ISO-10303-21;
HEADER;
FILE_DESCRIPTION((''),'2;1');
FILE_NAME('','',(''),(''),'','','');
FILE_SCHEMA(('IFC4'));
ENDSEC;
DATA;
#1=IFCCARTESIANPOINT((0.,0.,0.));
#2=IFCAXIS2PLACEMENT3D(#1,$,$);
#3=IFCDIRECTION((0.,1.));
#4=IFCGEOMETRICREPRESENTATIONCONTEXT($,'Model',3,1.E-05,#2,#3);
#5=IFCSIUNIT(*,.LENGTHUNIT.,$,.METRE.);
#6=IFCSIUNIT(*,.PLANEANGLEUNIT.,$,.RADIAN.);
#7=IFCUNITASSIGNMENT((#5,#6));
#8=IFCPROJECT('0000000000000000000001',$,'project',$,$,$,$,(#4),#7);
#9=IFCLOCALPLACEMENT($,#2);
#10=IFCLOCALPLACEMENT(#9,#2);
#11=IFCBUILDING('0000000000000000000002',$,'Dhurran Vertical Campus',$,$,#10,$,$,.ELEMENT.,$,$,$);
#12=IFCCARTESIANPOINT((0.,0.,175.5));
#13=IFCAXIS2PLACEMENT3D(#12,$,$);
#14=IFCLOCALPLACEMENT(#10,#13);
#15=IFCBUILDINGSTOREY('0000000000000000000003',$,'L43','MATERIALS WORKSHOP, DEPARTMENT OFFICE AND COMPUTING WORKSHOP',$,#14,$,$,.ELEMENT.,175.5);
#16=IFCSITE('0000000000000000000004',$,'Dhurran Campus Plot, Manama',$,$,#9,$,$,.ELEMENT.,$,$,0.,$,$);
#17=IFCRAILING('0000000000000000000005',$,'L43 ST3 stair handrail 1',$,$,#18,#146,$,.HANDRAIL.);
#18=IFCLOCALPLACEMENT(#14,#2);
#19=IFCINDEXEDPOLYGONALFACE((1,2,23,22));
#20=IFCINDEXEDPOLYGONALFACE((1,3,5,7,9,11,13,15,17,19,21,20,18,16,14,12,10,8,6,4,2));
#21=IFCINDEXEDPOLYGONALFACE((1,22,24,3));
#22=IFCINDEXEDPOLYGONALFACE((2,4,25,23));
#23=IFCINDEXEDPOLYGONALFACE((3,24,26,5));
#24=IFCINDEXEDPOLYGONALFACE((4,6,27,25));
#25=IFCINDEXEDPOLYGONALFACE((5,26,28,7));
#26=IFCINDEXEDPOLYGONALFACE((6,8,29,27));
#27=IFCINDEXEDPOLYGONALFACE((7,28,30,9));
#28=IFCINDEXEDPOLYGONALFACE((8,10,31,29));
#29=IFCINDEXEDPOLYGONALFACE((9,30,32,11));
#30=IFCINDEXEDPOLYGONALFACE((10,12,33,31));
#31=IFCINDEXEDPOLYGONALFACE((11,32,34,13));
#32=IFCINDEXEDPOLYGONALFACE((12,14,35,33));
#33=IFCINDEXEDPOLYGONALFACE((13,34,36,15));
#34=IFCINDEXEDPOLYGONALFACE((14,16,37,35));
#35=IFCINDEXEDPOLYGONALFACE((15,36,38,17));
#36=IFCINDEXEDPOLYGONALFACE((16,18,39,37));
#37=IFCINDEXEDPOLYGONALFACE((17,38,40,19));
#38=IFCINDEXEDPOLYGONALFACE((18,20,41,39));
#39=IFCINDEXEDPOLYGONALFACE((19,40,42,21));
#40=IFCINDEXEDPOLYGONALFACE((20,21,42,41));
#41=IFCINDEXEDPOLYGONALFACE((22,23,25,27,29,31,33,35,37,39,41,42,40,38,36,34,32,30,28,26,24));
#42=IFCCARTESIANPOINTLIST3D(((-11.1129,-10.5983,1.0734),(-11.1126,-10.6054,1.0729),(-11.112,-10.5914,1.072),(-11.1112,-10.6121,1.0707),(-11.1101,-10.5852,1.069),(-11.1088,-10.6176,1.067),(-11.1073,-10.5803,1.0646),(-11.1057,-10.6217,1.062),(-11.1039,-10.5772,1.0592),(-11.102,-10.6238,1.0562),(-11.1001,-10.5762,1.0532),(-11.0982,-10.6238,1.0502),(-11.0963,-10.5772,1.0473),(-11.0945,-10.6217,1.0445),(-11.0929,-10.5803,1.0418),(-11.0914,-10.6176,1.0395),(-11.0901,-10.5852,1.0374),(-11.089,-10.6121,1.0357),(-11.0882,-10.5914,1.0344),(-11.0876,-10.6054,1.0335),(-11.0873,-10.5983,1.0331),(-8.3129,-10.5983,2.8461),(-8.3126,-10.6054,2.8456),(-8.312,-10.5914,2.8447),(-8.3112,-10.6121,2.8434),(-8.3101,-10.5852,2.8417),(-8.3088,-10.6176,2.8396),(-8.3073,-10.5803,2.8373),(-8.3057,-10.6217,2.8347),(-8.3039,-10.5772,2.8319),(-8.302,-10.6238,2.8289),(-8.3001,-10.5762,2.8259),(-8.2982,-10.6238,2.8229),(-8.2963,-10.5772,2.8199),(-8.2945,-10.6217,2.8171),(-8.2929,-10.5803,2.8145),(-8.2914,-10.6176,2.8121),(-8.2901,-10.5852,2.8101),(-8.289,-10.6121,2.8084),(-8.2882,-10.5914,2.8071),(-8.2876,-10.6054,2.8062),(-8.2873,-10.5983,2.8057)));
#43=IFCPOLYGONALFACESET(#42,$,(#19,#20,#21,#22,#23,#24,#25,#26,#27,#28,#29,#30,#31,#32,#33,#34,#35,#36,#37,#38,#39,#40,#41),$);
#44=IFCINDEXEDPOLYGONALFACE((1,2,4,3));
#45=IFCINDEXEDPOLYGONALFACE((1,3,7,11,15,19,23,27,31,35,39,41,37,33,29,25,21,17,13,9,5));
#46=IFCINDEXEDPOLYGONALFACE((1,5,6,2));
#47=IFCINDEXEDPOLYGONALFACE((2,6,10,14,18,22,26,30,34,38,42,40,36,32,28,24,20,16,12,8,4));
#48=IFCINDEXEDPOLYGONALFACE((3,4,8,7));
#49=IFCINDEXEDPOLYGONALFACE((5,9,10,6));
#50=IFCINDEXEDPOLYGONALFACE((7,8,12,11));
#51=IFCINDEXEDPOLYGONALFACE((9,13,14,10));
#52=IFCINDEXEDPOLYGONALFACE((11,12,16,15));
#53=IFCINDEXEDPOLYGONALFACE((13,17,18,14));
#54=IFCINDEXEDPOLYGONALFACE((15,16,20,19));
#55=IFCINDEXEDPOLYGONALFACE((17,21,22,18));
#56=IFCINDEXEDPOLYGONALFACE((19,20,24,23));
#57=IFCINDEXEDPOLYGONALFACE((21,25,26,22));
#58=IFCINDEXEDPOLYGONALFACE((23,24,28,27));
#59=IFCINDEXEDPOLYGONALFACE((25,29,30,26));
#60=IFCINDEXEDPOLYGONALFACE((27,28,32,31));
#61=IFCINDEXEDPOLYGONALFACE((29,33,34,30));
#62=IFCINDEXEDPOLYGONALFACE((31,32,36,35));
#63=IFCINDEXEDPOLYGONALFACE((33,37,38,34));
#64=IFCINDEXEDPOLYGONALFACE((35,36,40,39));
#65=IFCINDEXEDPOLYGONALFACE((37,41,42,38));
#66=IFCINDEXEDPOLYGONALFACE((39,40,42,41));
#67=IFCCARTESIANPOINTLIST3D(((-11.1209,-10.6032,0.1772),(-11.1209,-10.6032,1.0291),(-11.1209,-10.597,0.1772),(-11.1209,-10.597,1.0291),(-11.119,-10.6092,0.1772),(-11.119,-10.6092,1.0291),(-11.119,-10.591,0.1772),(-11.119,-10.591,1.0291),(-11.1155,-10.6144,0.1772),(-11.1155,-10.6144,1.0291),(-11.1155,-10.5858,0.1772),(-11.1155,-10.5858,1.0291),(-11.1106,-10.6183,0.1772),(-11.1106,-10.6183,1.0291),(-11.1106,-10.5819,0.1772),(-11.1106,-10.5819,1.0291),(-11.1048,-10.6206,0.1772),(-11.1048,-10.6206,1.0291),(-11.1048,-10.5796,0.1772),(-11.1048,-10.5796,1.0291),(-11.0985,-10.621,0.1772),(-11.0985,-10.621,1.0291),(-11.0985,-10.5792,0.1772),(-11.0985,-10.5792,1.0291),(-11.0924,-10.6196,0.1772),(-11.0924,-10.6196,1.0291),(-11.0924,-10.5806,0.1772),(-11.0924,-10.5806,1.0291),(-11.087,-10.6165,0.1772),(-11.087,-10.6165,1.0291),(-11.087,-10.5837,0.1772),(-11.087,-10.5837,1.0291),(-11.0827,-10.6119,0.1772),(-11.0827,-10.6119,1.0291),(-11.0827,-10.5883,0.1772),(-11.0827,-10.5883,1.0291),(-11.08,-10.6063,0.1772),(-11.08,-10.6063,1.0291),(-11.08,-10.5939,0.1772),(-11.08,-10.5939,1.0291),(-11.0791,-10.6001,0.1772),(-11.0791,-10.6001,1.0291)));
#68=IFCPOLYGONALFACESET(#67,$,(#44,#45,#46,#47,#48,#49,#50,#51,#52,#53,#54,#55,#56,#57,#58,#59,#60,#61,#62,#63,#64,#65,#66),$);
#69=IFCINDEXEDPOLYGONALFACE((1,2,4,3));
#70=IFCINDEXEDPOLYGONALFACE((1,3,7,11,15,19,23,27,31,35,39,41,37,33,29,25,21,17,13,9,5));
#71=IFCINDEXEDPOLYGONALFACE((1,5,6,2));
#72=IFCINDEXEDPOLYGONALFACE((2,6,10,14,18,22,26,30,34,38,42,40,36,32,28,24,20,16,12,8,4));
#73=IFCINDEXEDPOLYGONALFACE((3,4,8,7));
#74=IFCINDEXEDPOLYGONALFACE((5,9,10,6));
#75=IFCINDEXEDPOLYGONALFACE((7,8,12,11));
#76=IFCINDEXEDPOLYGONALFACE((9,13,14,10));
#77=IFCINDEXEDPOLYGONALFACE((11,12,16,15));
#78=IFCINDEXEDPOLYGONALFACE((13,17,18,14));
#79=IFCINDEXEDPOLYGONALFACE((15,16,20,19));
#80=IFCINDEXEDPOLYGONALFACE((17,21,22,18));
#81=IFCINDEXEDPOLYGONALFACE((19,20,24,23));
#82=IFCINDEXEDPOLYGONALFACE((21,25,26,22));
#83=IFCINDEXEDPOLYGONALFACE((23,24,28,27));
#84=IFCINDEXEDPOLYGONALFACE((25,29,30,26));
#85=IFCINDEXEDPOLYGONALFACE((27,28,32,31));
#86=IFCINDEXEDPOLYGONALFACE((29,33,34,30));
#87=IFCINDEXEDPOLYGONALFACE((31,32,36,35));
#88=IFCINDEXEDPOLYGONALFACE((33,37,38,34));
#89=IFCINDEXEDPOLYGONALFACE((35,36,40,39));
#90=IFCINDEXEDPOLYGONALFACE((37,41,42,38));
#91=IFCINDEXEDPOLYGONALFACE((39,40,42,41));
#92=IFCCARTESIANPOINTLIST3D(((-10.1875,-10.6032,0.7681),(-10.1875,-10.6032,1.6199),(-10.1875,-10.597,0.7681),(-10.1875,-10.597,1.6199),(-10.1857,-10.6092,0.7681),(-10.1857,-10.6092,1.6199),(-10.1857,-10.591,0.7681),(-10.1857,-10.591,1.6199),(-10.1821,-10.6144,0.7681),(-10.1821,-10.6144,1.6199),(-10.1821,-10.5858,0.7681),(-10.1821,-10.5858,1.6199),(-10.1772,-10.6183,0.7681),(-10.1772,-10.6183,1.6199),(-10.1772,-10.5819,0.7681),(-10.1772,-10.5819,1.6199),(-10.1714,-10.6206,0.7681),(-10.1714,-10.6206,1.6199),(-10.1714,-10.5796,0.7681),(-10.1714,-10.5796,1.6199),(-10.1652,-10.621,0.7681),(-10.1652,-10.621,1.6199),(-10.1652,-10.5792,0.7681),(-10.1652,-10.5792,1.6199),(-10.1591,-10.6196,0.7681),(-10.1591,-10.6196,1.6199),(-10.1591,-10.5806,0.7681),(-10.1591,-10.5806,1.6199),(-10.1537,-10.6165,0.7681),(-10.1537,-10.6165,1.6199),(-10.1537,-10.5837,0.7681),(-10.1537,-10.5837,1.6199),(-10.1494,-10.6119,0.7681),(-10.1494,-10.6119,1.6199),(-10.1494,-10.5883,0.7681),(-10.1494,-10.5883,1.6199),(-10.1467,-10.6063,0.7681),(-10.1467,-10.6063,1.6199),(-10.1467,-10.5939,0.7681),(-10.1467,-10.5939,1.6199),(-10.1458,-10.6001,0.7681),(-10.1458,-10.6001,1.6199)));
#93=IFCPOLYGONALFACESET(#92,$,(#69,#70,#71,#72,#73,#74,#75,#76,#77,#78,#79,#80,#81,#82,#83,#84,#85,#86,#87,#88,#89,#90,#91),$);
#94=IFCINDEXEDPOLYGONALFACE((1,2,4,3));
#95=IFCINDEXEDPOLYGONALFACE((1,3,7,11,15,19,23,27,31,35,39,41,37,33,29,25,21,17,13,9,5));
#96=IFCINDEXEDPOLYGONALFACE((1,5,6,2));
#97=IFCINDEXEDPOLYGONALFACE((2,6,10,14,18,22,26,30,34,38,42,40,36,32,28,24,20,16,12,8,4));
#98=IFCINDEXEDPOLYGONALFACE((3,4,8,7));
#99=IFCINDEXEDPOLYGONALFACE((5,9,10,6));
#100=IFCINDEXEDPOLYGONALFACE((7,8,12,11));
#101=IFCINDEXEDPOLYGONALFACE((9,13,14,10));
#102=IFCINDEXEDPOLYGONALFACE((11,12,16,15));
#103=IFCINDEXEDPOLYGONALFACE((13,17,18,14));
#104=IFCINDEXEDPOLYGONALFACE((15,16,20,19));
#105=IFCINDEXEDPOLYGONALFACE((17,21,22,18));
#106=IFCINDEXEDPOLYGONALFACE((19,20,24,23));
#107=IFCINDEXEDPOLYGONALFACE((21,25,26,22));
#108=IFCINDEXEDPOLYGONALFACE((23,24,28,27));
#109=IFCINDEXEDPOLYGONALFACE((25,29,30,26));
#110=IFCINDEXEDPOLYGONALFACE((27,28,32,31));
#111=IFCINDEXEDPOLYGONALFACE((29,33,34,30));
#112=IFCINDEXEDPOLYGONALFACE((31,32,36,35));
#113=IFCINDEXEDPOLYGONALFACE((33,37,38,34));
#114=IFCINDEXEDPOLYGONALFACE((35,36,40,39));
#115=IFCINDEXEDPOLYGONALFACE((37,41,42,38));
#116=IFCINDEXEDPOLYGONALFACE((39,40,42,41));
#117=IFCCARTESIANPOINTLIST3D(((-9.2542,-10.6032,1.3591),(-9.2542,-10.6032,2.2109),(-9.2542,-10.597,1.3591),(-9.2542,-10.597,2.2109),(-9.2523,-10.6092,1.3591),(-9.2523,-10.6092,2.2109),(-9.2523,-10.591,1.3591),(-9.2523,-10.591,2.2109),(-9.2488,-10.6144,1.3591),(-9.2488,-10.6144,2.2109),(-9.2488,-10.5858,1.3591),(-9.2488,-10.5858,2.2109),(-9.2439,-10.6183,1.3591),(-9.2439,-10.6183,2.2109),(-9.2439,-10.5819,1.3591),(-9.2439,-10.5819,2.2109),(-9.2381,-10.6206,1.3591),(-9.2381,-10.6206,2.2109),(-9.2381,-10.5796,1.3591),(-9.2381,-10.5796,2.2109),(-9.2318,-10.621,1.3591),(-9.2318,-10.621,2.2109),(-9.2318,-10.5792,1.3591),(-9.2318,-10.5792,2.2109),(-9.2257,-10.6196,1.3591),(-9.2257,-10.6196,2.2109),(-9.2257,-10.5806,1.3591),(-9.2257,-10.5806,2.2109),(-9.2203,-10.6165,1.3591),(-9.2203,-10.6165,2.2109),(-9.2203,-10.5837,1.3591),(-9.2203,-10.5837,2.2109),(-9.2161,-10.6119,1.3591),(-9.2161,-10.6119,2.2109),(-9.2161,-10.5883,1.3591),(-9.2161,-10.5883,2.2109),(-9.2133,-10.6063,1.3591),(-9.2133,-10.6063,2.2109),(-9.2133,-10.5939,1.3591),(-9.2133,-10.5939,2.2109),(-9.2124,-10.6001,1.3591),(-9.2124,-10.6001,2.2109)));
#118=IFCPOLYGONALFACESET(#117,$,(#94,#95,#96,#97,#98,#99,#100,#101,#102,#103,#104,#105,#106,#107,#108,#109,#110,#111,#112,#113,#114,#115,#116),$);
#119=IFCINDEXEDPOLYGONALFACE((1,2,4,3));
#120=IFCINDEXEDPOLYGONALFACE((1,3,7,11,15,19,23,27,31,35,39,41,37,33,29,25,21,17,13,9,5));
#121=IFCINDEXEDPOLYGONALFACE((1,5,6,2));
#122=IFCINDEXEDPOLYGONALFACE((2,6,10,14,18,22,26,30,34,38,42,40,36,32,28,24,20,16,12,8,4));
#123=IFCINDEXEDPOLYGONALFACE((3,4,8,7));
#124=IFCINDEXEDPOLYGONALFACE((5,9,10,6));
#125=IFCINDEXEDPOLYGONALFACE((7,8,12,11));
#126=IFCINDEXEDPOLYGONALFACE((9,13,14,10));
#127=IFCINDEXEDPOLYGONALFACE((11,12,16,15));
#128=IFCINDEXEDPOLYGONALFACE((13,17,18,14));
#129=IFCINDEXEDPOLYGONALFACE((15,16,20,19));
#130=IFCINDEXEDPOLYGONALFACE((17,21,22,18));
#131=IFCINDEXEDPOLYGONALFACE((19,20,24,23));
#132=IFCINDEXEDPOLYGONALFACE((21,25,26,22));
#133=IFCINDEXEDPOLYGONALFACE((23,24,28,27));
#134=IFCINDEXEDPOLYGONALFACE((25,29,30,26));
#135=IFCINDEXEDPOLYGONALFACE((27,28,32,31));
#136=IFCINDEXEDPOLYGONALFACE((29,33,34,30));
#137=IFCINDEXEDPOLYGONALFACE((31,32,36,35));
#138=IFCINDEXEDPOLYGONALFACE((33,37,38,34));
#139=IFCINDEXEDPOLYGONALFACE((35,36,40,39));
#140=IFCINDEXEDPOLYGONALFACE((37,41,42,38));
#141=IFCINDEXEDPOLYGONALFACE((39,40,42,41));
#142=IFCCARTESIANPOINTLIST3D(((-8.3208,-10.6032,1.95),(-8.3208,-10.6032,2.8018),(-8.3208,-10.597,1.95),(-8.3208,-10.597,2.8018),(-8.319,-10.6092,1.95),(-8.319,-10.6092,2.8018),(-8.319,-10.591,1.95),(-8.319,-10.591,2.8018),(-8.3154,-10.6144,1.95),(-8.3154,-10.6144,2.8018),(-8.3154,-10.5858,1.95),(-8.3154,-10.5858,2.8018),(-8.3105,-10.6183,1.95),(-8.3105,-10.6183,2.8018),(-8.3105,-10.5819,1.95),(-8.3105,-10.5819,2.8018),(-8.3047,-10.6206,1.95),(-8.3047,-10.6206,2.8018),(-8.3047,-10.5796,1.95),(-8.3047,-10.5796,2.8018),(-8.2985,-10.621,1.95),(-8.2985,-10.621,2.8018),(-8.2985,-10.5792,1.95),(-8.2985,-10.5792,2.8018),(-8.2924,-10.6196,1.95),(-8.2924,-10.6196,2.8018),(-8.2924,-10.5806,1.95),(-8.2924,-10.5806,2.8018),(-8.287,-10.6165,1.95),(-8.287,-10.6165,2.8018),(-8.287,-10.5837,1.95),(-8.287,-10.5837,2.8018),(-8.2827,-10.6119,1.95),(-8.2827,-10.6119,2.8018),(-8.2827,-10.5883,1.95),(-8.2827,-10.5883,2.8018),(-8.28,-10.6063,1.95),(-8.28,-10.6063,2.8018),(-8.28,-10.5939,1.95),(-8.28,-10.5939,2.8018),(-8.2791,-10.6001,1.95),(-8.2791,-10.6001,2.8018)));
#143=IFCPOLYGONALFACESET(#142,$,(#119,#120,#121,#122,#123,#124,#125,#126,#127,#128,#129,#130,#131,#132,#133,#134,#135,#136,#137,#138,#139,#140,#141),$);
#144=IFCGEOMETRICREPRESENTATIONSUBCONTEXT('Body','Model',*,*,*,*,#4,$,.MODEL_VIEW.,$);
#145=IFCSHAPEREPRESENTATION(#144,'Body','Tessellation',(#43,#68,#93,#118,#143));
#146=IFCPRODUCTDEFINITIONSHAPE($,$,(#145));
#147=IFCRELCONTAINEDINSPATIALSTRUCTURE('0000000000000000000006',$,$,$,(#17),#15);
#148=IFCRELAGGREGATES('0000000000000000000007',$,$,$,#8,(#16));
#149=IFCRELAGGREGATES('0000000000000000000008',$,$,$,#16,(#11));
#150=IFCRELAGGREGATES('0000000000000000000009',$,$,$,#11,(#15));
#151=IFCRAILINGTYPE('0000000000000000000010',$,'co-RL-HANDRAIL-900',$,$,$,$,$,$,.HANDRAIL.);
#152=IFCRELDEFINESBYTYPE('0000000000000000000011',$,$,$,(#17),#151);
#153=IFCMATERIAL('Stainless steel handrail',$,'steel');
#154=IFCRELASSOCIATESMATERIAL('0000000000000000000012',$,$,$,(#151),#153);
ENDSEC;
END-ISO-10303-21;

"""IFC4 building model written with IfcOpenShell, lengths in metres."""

from ifc_helpers import new_model, si_unit, direction, frame, origin, origin_2d, place, context, subcontext, project, spatial, circle, extrude, material, type_object, element, save


model = new_model("IFC4")

# Units and contexts
model_context = context("Model", 3, precision=1e-05, world=origin(), true_north=direction((0.0, 1.0)))
body_context = subcontext(model_context, "Body", "Model", "MODEL_VIEW")
ifc_project = project(units=[si_unit("LENGTHUNIT", "METRE"), si_unit("PLANEANGLEUNIT", "RADIAN")], contexts=[model_context])

# Site, building, storey
site_placement = place(None, origin())
site = spatial("IfcSite", under=ifc_project, at=site_placement, Name="Dhurran Campus Plot, Manama", CompositionType="ELEMENT", RefElevation=0.0)
building_placement = place(site_placement, origin())
building = spatial("IfcBuilding", under=site, at=building_placement, Name="Dhurran Vertical Campus", CompositionType="ELEMENT")
storey_placement = place(building_placement, frame((0.0, 0.0, 175.5)))
storey = spatial("IfcBuildingStorey", under=building, at=storey_placement, Name="L43", Description="MATERIALS WORKSHOP, DEPARTMENT OFFICE AND COMPUTING WORKSHOP", CompositionType="ELEMENT", Elevation=175.5)

# Railing
ifc_material_1 = material(Name="Stainless steel handrail", Category="steel")
railing_type_1 = type_object("IfcRailingType", Name="co-RL-HANDRAIL-900", PredefinedType="HANDRAIL", material=ifc_material_1)
railing_1_placement = place(storey_placement, frame((-11.1001, -10.6001, 0.1772)))
element("IfcRailing", 1, at=railing_1_placement, inside=storey, type_object=railing_type_1, Name="L43 ST3 stair handrail 1", PredefinedType="HANDRAIL", context=body_context, shape_type="SweptSolid", body=[
    extrude(circle(Radius=0.0239, at=origin_2d()), frame((0.0, 0.0, 0.876), z_axis=(0.844909, 0.0, 0.53491), x_axis=(0.0, 1.0, 0.0)), (0.0, 0.0, 1.0), 3.314),
    extrude(circle(Radius=0.021, at=origin_2d()), origin(), (0.0, 0.0, 1.0), 0.8518),
    extrude(circle(Radius=0.021, at=origin_2d()), frame((0.9333, 0.0, 0.5908)), (0.0, 0.0, 1.0), 0.8518),
    extrude(circle(Radius=0.021, at=origin_2d()), frame((1.8667, 0.0, 1.1819)), (0.0, 0.0, 1.0), 0.8518),
    extrude(circle(Radius=0.021, at=origin_2d()), frame((2.8, 0.0, 1.7727)), (0.0, 0.0, 1.0), 0.8518),
])

save(model, "model.ifc")
